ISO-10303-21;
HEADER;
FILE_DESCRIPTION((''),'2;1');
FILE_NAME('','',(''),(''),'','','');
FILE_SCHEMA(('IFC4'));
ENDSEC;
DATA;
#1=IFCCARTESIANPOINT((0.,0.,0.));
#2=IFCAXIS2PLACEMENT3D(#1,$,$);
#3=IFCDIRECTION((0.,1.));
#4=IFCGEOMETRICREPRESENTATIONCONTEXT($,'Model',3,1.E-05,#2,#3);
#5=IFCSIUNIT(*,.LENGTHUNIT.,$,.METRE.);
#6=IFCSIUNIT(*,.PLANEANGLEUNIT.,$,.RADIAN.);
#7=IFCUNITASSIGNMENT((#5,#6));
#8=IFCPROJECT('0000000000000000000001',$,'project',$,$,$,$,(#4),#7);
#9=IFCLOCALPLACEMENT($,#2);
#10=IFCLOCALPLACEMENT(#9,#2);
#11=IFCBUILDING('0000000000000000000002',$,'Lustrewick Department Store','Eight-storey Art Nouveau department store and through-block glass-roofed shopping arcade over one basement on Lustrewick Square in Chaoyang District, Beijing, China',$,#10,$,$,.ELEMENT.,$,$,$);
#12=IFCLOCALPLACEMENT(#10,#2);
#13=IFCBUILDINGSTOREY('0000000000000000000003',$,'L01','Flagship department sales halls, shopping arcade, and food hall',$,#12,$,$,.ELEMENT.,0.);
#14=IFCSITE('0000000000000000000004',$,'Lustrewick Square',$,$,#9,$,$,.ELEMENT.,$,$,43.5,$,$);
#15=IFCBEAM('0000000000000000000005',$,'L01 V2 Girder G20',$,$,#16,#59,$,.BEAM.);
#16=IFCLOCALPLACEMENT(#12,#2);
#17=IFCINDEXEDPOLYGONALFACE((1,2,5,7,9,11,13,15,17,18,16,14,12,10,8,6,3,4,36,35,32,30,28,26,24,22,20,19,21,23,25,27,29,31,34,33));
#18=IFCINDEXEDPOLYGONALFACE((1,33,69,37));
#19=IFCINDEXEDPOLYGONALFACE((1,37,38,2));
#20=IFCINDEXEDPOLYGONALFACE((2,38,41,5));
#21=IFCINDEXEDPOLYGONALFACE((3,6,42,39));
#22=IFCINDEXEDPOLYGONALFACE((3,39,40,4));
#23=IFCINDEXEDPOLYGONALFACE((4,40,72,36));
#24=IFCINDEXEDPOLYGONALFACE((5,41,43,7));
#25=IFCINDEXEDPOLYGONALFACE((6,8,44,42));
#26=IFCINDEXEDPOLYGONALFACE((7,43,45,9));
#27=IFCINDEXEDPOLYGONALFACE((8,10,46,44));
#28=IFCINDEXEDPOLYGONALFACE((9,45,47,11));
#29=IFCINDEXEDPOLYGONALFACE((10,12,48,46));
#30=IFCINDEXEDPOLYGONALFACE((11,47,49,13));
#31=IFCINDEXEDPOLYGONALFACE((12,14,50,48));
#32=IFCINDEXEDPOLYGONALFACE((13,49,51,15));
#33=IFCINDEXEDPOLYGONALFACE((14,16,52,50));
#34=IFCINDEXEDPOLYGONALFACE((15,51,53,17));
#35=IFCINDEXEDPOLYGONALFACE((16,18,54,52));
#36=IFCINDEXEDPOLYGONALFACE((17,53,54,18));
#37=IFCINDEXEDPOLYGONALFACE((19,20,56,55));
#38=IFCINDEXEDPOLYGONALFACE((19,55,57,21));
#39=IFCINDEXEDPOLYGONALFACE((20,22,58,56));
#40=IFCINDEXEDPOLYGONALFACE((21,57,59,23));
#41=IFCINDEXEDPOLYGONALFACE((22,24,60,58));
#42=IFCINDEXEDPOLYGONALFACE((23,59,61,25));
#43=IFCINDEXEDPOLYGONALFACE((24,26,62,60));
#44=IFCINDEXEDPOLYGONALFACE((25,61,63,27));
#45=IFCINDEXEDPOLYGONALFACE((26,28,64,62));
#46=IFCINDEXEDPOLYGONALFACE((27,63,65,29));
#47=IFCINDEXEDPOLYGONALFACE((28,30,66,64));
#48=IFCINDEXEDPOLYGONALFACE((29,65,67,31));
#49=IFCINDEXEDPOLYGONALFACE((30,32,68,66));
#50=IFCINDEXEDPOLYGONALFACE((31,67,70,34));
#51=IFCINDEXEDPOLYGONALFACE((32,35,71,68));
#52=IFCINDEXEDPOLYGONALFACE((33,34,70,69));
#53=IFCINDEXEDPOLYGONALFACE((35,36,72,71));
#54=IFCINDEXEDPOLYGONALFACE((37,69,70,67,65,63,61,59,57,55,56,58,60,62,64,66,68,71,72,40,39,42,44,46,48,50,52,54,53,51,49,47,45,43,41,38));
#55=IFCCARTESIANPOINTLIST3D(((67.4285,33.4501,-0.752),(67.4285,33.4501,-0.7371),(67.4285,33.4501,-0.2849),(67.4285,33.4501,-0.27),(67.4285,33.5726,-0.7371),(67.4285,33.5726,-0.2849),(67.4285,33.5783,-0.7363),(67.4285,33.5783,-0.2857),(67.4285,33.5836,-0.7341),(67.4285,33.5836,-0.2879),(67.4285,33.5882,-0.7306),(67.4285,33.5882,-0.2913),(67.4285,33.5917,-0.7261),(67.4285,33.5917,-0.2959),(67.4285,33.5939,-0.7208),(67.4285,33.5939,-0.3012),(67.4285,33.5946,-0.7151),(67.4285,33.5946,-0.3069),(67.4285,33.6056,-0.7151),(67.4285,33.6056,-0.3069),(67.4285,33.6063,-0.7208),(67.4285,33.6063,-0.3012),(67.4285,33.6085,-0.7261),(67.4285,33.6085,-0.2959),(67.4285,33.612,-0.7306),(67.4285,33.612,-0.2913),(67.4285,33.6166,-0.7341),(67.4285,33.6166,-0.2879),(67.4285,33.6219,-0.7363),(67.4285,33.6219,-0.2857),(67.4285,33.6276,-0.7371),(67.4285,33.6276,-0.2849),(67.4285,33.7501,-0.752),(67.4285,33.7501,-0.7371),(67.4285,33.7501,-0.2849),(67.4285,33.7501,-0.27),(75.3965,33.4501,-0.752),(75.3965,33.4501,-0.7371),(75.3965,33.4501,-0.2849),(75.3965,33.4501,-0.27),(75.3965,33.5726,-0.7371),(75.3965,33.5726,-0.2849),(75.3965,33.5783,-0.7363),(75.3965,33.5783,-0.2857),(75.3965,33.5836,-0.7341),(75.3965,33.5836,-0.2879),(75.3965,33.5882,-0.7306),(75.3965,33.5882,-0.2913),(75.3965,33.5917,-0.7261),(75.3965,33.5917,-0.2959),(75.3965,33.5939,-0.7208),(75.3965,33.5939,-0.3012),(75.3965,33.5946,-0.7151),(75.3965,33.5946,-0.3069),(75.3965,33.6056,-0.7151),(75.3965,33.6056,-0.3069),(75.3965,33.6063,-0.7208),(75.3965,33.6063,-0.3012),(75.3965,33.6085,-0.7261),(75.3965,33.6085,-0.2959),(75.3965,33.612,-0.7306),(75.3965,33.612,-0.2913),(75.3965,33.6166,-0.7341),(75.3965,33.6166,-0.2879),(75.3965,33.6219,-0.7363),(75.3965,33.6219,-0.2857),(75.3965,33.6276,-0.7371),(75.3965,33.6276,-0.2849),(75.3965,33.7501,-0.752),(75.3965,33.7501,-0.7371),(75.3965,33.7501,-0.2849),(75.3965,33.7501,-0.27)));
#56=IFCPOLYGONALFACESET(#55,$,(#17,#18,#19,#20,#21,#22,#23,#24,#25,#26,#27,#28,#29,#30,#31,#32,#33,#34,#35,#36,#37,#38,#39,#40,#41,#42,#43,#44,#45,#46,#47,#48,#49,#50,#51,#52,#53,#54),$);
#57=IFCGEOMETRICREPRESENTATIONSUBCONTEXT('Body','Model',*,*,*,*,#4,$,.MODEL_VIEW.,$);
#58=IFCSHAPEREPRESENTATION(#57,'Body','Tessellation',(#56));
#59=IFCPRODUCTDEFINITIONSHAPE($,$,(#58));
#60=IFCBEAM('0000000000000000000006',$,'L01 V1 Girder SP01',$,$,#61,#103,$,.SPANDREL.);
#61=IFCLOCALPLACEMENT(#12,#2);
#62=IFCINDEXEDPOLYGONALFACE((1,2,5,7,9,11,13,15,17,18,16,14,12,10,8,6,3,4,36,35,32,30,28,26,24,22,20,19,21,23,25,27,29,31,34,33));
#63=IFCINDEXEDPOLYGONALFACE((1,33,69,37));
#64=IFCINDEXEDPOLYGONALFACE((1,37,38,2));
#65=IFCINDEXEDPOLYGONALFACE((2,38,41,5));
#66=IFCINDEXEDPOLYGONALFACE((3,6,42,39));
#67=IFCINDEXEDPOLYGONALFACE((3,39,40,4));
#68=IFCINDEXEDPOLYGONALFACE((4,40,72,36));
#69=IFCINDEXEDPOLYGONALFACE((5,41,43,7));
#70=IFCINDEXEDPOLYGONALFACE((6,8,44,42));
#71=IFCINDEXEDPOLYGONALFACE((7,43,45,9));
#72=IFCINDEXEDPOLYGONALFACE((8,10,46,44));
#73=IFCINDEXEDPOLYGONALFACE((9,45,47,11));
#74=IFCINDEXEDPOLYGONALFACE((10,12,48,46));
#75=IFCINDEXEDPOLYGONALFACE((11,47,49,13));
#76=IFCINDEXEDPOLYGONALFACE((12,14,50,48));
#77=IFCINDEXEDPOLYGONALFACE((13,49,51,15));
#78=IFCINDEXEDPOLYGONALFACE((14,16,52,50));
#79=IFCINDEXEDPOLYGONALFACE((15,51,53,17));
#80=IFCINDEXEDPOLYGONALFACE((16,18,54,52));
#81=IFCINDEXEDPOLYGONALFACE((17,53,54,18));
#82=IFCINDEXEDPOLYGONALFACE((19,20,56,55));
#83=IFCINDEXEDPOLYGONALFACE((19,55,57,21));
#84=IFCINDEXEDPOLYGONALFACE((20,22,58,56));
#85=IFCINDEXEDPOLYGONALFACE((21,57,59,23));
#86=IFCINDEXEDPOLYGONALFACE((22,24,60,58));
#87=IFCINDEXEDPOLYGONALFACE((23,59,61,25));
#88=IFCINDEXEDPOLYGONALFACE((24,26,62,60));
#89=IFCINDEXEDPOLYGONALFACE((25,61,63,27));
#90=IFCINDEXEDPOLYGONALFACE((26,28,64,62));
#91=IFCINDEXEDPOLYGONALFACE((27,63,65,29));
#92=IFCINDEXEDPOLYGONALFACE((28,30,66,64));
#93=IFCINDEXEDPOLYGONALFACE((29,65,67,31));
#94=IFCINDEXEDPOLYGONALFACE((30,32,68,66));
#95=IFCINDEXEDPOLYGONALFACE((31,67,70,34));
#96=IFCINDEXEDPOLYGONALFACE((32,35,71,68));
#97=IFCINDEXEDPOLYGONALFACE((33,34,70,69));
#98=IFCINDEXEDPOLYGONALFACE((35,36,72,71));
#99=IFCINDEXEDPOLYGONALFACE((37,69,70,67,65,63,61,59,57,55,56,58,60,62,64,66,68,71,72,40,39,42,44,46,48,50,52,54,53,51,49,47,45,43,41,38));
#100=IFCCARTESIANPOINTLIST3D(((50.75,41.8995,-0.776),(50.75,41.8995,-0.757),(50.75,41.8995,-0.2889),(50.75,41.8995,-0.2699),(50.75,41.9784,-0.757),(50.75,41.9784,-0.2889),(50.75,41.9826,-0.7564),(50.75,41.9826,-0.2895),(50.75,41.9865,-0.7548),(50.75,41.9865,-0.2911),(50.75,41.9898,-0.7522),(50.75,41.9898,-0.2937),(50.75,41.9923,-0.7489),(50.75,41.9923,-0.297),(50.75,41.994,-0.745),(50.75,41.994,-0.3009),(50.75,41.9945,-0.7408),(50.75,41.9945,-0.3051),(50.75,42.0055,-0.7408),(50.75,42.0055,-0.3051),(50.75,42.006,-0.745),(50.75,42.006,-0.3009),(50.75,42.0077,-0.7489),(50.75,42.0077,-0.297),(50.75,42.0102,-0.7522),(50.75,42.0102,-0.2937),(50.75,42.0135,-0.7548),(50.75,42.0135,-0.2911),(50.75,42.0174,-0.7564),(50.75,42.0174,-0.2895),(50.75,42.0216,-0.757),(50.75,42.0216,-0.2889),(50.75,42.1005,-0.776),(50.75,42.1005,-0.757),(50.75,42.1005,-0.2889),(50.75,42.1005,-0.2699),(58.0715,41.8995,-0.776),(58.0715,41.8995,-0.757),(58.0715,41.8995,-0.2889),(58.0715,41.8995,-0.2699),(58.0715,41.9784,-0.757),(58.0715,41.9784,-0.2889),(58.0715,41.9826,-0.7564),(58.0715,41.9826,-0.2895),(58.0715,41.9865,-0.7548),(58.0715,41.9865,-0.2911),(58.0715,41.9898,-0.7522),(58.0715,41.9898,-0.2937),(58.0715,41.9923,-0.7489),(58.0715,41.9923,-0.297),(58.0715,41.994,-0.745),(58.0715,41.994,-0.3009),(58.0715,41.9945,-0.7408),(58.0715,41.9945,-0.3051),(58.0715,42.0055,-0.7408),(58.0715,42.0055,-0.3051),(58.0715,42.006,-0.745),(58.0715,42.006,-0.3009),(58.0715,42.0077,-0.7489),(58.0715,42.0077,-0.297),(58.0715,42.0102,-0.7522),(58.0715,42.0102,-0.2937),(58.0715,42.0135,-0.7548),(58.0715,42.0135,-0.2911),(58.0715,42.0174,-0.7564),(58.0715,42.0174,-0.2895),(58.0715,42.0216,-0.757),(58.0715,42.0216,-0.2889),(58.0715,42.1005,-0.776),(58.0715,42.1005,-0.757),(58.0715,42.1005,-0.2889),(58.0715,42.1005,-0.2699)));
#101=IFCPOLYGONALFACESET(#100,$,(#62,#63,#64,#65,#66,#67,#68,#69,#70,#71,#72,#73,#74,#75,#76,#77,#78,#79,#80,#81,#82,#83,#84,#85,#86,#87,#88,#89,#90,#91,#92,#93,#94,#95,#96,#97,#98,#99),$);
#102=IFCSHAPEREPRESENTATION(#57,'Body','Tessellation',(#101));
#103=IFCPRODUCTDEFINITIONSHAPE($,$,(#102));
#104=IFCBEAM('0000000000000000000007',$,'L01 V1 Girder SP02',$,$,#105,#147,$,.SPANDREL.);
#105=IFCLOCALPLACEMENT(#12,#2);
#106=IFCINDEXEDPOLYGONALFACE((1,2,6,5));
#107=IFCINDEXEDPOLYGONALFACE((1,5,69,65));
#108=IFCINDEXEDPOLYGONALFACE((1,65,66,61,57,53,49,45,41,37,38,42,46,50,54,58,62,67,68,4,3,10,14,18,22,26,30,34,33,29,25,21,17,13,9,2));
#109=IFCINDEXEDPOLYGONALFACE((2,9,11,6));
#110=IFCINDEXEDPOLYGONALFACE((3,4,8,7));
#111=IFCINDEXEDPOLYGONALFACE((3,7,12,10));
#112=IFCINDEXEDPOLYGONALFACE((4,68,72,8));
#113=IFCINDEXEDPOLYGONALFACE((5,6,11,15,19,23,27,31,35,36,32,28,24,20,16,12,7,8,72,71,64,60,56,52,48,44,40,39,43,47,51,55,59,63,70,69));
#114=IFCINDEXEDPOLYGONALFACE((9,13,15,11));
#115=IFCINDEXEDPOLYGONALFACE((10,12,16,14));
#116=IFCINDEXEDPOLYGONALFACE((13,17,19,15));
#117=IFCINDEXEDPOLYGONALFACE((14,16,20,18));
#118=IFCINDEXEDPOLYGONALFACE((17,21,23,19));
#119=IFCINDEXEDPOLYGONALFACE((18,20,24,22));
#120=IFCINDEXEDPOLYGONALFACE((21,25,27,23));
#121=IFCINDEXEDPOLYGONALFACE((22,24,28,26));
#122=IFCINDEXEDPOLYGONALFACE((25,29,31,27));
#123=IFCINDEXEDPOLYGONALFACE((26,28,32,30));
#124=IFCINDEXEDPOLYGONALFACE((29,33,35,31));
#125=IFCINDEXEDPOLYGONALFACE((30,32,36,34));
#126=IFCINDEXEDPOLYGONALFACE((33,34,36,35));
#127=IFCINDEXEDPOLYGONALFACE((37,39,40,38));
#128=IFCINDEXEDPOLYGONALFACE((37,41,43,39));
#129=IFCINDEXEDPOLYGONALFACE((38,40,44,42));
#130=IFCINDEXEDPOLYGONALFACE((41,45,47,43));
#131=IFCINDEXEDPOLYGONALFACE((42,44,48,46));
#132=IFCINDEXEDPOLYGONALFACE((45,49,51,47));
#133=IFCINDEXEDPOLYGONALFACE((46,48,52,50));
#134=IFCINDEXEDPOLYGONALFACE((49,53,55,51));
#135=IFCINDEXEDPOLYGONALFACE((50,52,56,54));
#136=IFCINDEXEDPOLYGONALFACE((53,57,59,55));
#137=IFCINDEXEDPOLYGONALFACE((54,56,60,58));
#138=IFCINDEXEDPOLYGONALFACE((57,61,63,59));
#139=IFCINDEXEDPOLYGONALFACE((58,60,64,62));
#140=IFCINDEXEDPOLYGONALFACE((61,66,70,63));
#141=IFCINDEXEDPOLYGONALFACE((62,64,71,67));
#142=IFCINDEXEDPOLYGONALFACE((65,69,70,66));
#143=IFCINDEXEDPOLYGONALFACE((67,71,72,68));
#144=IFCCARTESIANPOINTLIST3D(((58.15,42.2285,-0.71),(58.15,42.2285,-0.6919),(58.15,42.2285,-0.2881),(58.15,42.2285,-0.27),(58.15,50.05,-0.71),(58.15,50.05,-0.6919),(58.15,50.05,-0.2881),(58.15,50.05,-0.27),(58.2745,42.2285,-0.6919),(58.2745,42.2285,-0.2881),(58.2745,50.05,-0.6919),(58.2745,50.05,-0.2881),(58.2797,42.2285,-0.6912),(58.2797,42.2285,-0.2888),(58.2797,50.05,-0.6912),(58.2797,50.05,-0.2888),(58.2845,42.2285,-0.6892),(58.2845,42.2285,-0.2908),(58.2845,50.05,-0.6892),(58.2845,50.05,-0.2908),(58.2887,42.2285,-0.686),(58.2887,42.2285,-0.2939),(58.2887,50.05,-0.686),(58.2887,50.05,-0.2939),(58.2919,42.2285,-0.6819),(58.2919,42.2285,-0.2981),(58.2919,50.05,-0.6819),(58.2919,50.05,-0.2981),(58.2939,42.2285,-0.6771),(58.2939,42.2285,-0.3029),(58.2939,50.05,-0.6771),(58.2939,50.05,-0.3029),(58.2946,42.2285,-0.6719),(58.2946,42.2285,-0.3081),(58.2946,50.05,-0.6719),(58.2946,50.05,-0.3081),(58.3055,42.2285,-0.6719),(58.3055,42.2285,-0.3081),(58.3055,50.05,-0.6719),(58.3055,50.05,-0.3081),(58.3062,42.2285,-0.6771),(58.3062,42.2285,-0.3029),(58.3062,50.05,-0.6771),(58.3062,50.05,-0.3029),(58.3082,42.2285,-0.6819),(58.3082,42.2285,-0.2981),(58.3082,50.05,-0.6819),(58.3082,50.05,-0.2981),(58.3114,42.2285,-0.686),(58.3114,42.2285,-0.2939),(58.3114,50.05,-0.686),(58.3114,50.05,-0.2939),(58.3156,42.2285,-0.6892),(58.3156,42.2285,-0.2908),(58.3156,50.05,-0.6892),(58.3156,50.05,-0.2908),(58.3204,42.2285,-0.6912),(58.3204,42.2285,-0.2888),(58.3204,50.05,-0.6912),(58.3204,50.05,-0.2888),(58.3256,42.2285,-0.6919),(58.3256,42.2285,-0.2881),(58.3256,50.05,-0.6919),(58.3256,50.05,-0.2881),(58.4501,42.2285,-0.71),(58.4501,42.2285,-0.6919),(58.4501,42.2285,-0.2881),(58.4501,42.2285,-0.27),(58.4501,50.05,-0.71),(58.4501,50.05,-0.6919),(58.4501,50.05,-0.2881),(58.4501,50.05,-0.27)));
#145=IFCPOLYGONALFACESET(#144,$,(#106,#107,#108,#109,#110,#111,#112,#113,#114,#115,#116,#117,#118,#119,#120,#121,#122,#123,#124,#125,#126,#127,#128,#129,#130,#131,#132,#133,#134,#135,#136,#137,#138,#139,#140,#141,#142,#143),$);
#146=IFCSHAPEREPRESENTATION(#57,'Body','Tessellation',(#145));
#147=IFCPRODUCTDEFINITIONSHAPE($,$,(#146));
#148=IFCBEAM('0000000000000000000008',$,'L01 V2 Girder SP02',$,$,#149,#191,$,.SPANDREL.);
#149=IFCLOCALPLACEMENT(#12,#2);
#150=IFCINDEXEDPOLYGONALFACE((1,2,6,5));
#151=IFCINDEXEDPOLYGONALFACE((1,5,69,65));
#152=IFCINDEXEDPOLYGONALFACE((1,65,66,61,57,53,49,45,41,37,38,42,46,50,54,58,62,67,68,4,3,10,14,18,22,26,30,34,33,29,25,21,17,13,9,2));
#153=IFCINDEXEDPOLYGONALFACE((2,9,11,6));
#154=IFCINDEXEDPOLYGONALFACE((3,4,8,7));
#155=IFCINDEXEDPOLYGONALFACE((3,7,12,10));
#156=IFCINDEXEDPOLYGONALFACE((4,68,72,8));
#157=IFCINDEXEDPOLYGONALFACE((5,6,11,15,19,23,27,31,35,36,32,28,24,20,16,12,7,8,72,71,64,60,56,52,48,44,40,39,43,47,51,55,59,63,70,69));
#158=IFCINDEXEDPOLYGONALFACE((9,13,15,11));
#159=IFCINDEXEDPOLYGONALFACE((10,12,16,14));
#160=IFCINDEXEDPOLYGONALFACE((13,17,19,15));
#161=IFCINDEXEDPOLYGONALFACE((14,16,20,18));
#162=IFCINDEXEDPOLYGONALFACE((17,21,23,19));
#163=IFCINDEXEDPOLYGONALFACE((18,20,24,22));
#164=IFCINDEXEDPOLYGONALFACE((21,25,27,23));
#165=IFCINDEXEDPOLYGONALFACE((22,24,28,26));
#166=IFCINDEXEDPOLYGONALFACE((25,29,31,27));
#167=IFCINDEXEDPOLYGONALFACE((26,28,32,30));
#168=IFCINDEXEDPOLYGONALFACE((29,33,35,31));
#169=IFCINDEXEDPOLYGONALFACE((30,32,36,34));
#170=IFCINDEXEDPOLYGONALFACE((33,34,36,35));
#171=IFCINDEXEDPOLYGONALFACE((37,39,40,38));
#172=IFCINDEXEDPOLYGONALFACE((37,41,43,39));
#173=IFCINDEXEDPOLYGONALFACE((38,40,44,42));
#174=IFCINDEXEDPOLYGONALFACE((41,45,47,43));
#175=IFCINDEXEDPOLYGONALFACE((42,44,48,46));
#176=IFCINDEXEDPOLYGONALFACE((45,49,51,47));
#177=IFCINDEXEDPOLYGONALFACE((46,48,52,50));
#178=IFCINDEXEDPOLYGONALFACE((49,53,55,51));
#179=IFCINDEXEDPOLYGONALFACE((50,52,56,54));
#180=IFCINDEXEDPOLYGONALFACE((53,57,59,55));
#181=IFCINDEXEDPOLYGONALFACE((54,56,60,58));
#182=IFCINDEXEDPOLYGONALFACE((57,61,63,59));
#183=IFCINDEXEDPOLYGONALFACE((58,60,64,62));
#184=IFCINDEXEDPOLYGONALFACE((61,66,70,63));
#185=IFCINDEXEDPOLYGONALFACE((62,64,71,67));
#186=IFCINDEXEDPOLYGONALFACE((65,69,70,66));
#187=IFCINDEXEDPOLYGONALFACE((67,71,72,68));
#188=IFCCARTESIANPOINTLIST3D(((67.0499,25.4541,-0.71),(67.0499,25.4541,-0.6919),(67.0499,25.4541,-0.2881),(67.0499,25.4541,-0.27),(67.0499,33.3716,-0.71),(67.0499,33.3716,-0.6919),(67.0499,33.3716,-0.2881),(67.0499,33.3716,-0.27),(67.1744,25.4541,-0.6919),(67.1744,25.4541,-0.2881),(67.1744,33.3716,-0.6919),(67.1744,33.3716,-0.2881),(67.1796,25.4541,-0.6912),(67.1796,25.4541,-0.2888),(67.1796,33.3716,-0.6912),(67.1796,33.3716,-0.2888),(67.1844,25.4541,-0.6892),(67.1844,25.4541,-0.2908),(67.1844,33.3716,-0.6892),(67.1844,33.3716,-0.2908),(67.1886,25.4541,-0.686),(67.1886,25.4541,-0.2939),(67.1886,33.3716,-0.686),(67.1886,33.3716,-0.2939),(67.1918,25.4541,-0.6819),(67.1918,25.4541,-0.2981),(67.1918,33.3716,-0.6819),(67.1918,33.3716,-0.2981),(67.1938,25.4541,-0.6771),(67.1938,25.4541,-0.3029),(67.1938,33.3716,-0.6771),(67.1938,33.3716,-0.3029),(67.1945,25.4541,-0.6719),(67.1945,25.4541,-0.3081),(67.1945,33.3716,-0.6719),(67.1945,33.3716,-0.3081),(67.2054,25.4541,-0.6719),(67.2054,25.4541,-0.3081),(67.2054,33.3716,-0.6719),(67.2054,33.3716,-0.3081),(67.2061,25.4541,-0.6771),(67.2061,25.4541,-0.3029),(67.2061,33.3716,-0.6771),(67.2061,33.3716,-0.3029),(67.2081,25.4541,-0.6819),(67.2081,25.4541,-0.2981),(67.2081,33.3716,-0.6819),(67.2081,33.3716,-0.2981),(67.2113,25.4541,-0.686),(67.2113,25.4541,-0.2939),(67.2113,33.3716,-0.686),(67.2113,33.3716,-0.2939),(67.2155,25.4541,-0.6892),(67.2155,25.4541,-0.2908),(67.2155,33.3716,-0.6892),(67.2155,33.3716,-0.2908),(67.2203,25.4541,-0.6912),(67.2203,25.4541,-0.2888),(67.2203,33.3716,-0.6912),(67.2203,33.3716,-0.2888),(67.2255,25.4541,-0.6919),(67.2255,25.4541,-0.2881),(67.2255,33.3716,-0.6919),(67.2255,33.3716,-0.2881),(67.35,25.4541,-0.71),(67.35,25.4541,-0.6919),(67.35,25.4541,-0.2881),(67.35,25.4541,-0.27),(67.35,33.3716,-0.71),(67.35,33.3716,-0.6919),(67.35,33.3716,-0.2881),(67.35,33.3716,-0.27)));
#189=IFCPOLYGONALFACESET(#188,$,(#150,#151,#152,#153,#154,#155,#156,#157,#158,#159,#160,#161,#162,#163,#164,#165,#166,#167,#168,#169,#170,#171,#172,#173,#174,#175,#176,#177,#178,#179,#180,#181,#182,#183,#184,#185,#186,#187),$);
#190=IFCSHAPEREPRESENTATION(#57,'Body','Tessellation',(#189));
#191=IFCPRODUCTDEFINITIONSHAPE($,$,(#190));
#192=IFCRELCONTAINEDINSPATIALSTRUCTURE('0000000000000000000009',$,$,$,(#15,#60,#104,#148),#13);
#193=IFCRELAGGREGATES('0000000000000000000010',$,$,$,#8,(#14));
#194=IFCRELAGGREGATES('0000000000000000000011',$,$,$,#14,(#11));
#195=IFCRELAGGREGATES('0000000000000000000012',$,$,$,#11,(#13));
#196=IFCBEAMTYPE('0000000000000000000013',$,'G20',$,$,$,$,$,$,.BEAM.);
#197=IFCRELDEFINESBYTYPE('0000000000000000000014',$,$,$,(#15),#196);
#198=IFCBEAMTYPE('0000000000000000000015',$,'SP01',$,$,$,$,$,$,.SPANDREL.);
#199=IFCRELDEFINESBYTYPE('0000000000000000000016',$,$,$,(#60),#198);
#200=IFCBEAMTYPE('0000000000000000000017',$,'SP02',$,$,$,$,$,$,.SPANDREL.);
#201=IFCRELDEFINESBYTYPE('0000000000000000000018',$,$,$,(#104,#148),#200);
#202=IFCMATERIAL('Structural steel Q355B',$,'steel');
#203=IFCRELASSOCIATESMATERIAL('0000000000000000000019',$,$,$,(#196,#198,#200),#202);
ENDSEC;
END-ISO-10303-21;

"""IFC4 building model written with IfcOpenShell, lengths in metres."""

from ifc_helpers import new_model, si_unit, direction, frame, origin, origin_2d, place, context, subcontext, project, spatial, i_section, extrude, material, material_profile, profile_set, type_object, element, save


model = new_model("IFC4")

# Units and contexts
model_context = context("Model", 3, precision=1e-05, world=origin(), true_north=direction((0.0, 1.0)))
body_context = subcontext(model_context, "Body", "Model", "MODEL_VIEW")
ifc_project = project(units=[si_unit("LENGTHUNIT", "METRE"), si_unit("PLANEANGLEUNIT", "RADIAN")], contexts=[model_context])

# Site, building, storey
site_placement = place(None, origin())
site = spatial("IfcSite", under=ifc_project, at=site_placement, Name="Lustrewick Square", CompositionType="ELEMENT", RefElevation=43.5)
building_placement = place(site_placement, origin())
building = spatial("IfcBuilding", under=site, at=building_placement, Name="Lustrewick Department Store", Description="Eight-storey Art Nouveau department store and through-block glass-roofed shopping arcade over one basement on Lustrewick Square in Chaoyang District, Beijing, China", CompositionType="ELEMENT")
storey_placement = place(building_placement, origin())
storey = spatial("IfcBuildingStorey", under=building, at=storey_placement, Name="L01", Description="Flagship department sales halls, shopping arcade, and food hall", CompositionType="ELEMENT", Elevation=0.0)

# Beams
ifc_material_1 = material(Name="Structural steel Q355B", Category="steel")
ifc_material_profile_1 = material_profile(ifc_material_1, i_section(OverallWidth=0.3, OverallDepth=0.4819, WebThickness=0.011, FlangeThickness=0.0149, FilletRadius=0.022, at=origin_2d()), Name="HM 482x300x11x15")
ifc_profile_set_1 = profile_set([ifc_material_profile_1], Name="Structural steel Q355B")
beam_type_1 = type_object("IfcBeamType", Name="G20", PredefinedType="BEAM", material=ifc_profile_set_1)
beam_1_placement = place(storey_placement, frame((67.4285, 33.6001, -0.511), z_axis=(1.0, 0.0, 0.0), x_axis=(0.0, 1.0, 0.0)))
element("IfcBeam", 1, at=beam_1_placement, inside=storey, type_object=beam_type_1, Name="L01 V2 Girder G20", PredefinedType="BEAM", context=body_context, shape_type="SweptSolid", body=[
    extrude(i_section(OverallWidth=0.3, OverallDepth=0.4819, WebThickness=0.011, FlangeThickness=0.0149, FilletRadius=0.022, at=origin_2d()), origin(), (0.0, 0.0, 1.0), 7.968),
])
ifc_material_profile_2 = material_profile(ifc_material_1, i_section(OverallWidth=0.2009, OverallDepth=0.5061, WebThickness=0.011, FlangeThickness=0.019, FilletRadius=0.0161, at=origin_2d()), Name="HN 506x201x11x19")
ifc_profile_set_2 = profile_set([ifc_material_profile_2], Name="Structural steel Q355B")
beam_type_2 = type_object("IfcBeamType", Name="SP01", PredefinedType="SPANDREL", material=ifc_profile_set_2)
beam_2_placement = place(storey_placement, frame((50.75, 42.0, -0.5229), z_axis=(1.0, 0.0, 0.0), x_axis=(0.0, 1.0, 0.0)))
element("IfcBeam", 2, at=beam_2_placement, inside=storey, type_object=beam_type_2, Name="L01 V1 Girder SP01", PredefinedType="SPANDREL", context=body_context, shape_type="SweptSolid", body=[
    extrude(i_section(OverallWidth=0.2009, OverallDepth=0.5061, WebThickness=0.011, FlangeThickness=0.019, FilletRadius=0.0161, at=origin_2d()), origin(), (0.0, 0.0, 1.0), 7.3215),
])
ifc_material_profile_3 = material_profile(ifc_material_1, i_section(OverallWidth=0.3, OverallDepth=0.4399, WebThickness=0.011, FlangeThickness=0.0181, FilletRadius=0.02, at=origin_2d()), Name="HM 440x300x11x18")
ifc_profile_set_3 = profile_set([ifc_material_profile_3], Name="Structural steel Q355B")
beam_type_3 = type_object("IfcBeamType", Name="SP02", PredefinedType="SPANDREL", material=ifc_profile_set_3)
beam_3_placement = place(storey_placement, frame((58.3, 42.2285, -0.49), z_axis=(0.0, 1.0, 0.0), x_axis=(-1.0, 0.0, 0.0)))
element("IfcBeam", 3, at=beam_3_placement, inside=storey, type_object=beam_type_3, Name="L01 V1 Girder SP02", PredefinedType="SPANDREL", context=body_context, shape_type="SweptSolid", body=[
    extrude(i_section(OverallWidth=0.3, OverallDepth=0.4399, WebThickness=0.011, FlangeThickness=0.0181, FilletRadius=0.02, at=origin_2d()), origin(), (0.0, 0.0, 1.0), 7.8215),
])
beam_4_placement = place(storey_placement, frame((67.2, 25.4541, -0.49), z_axis=(0.0, 1.0, 0.0), x_axis=(-1.0, 0.0, 0.0)))
element("IfcBeam", 4, at=beam_4_placement, inside=storey, type_object=beam_type_3, Name="L01 V2 Girder SP02", PredefinedType="SPANDREL", context=body_context, shape_type="SweptSolid", body=[
    extrude(i_section(OverallWidth=0.3, OverallDepth=0.4399, WebThickness=0.011, FlangeThickness=0.0181, FilletRadius=0.02, at=origin_2d()), origin(), (0.0, 0.0, 1.0), 7.9175),
])

save(model, "model.ifc")
